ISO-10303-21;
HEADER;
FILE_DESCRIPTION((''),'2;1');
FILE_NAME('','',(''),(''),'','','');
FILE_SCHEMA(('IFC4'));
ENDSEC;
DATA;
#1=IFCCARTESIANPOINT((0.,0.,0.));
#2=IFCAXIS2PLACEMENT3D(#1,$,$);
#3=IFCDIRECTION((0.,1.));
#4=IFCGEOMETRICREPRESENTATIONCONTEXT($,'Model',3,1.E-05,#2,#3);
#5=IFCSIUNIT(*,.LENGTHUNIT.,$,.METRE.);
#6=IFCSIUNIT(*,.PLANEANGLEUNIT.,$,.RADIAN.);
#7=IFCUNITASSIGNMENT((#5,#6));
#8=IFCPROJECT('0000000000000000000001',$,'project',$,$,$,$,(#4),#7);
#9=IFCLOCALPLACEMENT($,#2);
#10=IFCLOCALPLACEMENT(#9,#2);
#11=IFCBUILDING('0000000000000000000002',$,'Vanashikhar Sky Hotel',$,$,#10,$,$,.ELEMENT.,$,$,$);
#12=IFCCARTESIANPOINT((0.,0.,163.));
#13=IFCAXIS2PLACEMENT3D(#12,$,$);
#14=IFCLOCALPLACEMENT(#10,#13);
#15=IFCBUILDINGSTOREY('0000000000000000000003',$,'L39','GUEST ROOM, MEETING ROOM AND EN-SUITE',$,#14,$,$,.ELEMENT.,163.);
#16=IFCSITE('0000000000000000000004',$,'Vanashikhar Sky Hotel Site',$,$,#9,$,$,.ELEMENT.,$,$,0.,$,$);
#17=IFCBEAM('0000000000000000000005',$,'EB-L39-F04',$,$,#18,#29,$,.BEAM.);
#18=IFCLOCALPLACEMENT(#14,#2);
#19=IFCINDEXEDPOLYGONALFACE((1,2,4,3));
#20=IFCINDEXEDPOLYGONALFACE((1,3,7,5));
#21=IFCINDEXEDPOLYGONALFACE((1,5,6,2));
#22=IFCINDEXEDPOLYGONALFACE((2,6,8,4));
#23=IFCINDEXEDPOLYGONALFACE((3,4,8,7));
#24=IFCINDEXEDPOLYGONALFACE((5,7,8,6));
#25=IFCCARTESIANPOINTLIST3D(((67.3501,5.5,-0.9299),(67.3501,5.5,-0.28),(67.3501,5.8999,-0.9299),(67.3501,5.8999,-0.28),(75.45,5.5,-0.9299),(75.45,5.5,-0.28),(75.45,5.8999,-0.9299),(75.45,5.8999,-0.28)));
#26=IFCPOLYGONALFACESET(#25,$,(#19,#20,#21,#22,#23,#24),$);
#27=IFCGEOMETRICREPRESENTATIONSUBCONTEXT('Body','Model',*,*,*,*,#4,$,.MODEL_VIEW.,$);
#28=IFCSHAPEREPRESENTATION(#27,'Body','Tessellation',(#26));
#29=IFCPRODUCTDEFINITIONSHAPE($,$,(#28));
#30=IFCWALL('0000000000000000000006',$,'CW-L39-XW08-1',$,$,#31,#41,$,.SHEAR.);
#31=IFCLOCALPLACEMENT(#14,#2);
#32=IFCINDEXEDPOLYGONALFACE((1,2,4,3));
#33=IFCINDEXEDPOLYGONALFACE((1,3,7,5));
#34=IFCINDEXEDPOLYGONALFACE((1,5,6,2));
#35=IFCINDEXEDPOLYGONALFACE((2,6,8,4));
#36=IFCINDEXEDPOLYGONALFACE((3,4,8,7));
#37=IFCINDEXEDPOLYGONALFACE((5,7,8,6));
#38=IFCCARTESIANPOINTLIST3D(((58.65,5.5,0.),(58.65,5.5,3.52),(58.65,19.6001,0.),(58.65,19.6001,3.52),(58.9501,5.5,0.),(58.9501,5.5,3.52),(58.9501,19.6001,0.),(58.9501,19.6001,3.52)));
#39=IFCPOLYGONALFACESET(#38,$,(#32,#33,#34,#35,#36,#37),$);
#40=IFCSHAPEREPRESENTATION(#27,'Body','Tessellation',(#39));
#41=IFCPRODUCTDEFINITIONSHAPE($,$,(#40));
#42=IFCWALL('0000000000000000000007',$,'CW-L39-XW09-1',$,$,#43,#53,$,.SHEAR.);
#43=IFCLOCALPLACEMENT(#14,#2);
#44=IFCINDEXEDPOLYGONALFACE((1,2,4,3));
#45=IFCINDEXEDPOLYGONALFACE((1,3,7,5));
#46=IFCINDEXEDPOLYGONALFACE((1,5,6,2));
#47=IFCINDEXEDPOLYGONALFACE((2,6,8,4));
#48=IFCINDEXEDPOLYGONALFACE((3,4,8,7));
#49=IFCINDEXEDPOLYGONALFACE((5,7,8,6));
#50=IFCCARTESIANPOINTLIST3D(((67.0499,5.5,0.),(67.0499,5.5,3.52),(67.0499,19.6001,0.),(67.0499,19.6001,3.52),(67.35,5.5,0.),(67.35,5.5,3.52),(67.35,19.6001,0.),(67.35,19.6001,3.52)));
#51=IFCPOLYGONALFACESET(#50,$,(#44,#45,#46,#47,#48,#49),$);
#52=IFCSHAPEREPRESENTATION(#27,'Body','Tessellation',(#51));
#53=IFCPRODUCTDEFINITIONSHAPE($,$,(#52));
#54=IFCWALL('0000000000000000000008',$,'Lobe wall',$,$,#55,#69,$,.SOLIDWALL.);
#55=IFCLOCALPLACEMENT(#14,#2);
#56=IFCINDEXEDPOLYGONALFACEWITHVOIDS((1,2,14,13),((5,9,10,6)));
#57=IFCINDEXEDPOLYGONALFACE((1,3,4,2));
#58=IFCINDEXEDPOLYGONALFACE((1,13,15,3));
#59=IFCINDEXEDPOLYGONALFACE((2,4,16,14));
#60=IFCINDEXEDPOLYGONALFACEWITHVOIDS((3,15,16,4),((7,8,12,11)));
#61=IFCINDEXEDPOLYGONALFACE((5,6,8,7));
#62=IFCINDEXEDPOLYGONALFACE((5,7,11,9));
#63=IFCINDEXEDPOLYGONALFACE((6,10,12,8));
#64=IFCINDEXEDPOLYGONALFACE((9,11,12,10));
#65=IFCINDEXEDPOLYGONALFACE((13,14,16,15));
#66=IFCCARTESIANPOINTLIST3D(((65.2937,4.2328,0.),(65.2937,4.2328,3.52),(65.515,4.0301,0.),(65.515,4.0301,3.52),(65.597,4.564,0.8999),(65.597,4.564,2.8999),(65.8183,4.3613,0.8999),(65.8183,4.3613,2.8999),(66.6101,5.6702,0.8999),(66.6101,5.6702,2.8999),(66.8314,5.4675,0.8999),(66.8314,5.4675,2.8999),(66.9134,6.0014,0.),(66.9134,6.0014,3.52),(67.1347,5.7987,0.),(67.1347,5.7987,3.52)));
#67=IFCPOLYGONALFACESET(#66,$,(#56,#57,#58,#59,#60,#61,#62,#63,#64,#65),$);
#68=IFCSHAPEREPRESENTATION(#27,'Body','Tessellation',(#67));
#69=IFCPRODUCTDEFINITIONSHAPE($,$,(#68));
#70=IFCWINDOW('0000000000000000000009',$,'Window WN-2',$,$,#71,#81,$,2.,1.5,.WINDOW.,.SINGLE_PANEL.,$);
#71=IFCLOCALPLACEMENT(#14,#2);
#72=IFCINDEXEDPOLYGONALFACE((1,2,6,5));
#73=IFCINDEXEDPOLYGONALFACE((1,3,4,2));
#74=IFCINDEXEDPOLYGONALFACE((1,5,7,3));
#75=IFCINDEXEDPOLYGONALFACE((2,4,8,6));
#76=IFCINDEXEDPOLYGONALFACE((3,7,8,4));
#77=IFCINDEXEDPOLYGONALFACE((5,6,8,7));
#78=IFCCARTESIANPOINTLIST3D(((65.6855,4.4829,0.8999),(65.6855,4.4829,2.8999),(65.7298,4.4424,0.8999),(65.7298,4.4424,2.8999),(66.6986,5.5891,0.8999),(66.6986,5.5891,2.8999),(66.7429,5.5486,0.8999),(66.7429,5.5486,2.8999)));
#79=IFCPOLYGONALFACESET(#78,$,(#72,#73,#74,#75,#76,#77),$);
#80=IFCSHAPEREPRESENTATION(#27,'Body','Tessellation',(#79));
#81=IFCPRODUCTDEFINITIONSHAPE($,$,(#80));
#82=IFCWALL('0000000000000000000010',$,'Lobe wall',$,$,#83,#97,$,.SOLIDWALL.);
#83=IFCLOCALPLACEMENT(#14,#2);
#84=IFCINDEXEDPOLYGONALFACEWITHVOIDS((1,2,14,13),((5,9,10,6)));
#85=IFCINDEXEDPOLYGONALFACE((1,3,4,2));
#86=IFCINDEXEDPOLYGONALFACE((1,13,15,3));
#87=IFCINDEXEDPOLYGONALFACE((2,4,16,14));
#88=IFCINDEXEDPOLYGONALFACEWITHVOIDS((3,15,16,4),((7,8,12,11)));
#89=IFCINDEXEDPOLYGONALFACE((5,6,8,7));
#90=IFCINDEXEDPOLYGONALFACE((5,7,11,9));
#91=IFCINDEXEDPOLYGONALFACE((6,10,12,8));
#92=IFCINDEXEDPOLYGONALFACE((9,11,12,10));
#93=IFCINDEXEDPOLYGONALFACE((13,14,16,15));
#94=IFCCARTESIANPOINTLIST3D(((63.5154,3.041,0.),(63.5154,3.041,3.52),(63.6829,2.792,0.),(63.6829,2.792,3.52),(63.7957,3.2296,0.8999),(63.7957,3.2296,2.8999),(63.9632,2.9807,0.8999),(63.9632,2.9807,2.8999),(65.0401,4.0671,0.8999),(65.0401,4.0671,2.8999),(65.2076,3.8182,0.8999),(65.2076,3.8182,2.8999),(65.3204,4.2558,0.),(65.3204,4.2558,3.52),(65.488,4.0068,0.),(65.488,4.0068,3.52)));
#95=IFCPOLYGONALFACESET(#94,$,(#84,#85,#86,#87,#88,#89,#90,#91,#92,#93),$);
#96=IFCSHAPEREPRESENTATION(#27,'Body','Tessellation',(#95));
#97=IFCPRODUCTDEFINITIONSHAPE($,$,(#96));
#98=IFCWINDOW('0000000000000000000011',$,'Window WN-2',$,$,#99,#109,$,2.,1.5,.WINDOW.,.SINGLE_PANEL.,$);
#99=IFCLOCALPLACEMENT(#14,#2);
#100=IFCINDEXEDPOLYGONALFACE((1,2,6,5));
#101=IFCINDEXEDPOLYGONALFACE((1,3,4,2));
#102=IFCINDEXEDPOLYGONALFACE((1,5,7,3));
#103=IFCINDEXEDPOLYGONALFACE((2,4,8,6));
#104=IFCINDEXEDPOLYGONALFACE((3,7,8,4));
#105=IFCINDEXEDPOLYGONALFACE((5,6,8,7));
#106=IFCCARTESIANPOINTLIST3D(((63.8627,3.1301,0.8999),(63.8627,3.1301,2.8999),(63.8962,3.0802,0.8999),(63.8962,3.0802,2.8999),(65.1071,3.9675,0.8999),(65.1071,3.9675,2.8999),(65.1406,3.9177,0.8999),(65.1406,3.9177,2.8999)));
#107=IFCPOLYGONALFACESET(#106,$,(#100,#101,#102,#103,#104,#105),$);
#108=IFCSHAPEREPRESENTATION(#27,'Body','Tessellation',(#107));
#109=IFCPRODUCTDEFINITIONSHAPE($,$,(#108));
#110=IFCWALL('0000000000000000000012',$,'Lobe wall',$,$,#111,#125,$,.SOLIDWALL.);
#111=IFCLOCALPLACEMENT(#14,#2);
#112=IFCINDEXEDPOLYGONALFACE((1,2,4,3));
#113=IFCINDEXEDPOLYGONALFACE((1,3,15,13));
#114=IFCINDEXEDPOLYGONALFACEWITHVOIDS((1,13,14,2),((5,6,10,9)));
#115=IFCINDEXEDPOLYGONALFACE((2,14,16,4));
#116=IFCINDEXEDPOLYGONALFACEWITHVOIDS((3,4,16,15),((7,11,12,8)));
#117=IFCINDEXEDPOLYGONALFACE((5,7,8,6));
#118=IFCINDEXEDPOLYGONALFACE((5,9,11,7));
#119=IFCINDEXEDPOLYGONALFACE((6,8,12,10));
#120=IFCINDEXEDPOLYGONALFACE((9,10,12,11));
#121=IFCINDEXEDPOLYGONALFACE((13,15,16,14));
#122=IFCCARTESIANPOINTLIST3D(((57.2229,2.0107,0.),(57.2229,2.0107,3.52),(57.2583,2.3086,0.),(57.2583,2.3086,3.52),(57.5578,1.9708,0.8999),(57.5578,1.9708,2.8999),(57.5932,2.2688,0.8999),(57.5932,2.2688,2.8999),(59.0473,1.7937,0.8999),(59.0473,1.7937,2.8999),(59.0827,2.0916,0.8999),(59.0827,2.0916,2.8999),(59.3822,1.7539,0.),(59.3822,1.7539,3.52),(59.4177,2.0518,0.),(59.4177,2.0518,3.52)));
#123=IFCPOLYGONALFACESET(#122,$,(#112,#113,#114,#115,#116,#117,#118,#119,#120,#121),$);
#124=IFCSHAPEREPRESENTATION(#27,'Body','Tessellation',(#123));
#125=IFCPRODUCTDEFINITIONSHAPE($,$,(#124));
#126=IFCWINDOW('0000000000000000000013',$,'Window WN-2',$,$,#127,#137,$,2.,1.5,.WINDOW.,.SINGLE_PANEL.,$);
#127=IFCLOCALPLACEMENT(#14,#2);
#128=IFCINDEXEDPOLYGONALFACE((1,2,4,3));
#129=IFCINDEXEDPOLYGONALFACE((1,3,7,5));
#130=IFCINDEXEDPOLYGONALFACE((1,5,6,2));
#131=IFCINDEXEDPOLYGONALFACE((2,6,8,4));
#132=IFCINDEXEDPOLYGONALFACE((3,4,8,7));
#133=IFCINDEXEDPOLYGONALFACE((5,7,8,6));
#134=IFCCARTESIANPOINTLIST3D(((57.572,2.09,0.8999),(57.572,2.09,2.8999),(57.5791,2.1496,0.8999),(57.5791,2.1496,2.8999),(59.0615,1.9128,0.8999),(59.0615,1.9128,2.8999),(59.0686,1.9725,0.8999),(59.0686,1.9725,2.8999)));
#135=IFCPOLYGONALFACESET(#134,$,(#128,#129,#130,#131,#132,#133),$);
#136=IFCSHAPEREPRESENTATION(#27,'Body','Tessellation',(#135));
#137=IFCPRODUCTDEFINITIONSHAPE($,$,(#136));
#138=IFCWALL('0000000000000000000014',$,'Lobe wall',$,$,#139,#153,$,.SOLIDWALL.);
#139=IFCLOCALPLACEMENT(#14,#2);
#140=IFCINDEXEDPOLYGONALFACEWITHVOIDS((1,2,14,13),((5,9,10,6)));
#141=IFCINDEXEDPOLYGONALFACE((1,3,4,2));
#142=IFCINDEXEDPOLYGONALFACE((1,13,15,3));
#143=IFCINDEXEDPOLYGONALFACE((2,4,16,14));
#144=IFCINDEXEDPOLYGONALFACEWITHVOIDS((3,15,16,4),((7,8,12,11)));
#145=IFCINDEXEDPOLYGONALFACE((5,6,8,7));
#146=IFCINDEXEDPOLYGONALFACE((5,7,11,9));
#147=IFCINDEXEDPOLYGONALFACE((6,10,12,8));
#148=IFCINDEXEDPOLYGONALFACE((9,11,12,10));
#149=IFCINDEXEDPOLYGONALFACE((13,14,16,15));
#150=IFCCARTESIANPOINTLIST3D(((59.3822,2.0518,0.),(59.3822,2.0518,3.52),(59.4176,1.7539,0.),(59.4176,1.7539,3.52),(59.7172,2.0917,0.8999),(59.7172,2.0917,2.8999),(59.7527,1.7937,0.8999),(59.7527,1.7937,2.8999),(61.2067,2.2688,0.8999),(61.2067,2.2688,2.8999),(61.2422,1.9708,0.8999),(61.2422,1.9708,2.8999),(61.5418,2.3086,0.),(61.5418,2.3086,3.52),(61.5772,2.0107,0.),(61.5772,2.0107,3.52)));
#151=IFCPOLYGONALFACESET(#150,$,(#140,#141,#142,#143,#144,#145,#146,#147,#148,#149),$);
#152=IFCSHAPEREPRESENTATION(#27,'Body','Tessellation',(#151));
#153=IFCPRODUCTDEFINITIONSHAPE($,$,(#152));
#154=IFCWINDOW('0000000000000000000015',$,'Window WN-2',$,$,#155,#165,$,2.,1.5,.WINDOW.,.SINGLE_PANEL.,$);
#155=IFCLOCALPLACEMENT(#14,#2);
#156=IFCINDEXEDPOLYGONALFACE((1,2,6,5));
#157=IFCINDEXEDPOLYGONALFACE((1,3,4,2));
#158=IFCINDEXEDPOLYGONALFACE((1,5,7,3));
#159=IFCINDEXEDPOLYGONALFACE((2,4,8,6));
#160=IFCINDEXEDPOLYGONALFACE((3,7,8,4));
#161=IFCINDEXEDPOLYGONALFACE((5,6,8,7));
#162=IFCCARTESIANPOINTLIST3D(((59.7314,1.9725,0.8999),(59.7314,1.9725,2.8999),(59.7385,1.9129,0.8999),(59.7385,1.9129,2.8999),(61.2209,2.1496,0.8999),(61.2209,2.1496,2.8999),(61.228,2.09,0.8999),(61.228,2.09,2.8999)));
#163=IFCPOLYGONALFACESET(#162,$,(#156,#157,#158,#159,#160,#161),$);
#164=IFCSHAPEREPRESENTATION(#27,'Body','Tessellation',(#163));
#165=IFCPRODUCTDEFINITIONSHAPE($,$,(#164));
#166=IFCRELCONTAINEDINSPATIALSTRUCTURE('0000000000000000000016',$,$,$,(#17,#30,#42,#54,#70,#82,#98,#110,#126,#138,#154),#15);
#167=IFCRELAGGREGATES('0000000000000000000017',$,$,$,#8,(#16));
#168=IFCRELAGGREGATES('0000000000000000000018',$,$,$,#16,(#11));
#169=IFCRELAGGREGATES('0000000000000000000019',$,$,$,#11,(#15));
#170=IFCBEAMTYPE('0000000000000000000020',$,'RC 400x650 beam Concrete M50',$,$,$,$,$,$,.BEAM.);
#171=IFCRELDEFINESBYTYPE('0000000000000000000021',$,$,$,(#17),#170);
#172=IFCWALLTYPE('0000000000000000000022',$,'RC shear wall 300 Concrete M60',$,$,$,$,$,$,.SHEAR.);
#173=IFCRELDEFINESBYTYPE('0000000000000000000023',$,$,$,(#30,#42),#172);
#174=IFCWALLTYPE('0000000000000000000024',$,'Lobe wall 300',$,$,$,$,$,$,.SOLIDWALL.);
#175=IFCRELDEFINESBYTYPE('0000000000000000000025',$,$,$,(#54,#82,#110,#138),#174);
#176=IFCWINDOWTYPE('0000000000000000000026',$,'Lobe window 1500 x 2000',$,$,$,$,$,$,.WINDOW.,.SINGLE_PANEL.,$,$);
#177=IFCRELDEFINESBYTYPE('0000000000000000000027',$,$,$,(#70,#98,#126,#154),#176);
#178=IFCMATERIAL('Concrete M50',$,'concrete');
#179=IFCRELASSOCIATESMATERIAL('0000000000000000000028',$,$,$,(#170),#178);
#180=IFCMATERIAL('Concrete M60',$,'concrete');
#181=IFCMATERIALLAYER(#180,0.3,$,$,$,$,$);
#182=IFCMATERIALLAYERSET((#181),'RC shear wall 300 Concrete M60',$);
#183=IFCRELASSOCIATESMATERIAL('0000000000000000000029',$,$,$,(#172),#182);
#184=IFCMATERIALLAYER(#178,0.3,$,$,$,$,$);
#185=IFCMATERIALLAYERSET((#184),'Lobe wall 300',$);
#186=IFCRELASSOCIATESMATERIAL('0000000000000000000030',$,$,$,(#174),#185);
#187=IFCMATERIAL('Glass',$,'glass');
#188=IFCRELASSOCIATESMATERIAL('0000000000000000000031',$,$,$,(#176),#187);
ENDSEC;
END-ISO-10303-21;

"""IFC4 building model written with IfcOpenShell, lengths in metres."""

from ifc_helpers import new_model, si_unit, direction, frame, frame_2d, origin, origin_2d, place, context, subcontext, project, spatial, rectangle, extrude, source, transform, mapped, material, layer, layer_set, material_profile, profile_set, type_object, element, fill, save


model = new_model("IFC4")

# Units and contexts
model_context = context("Model", 3, precision=1e-05, world=origin(), true_north=direction((0.0, 1.0)))
body_context = subcontext(model_context, "Body", "Model", "MODEL_VIEW")
ifc_project = project(units=[si_unit("LENGTHUNIT", "METRE"), si_unit("PLANEANGLEUNIT", "RADIAN")], contexts=[model_context])

# Site, building, storey
site_placement = place(None, origin())
site = spatial("IfcSite", under=ifc_project, at=site_placement, Name="Vanashikhar Sky Hotel Site", CompositionType="ELEMENT", RefElevation=0.0)
building_placement = place(site_placement, origin())
building = spatial("IfcBuilding", under=site, at=building_placement, Name="Vanashikhar Sky Hotel", CompositionType="ELEMENT")
storey_placement = place(building_placement, frame((0.0, 0.0, 163.0)))
storey = spatial("IfcBuildingStorey", under=building, at=storey_placement, Name="L39", Description="GUEST ROOM, MEETING ROOM AND EN-SUITE", CompositionType="ELEMENT", Elevation=163.0)

# Beam
ifc_material_1 = material(Name="Concrete M50", Category="concrete")
ifc_material_profile_1 = material_profile(ifc_material_1, rectangle(XDim=0.3999, YDim=0.6499, at=origin_2d()))
ifc_profile_set_1 = profile_set([ifc_material_profile_1], Name="RC 400x650 beam Concrete M50")
beam_type = type_object("IfcBeamType", Name="RC 400x650 beam Concrete M50", PredefinedType="BEAM", material=ifc_profile_set_1)
shared_shape_1 = source(origin(), body_context, "Body", "SweptSolid", [
    extrude(rectangle(XDim=0.3999, YDim=0.6499, at=origin_2d()), origin(), (0.0, 0.0, 1.0), 8.0999),
])
beam_placement = place(storey_placement, frame((67.3501, 5.7, -0.605), z_axis=(1.0, 0.0, 0.0), x_axis=(0.0, 1.0, 0.0)))
element("IfcBeam", 1, at=beam_placement, inside=storey, type_object=beam_type, Name="EB-L39-F04", PredefinedType="BEAM", context=body_context, shape_type="MappedRepresentation", body=[
    mapped(shared_shape_1, transform((0.0, 0.0, 0.0), scale=1.0)),
])

# Walls
ifc_material_2 = material(Name="Concrete M60", Category="concrete")
ifc_layer_1 = layer(ifc_material_2, 0.3)
ifc_layer_set_1 = layer_set([ifc_layer_1], Name="RC shear wall 300 Concrete M60")
wall_type_1 = type_object("IfcWallType", Name="RC shear wall 300 Concrete M60", PredefinedType="SHEAR", material=ifc_layer_set_1)
shared_shape_2 = source(origin(), body_context, "Body", "SweptSolid", [
    extrude(rectangle(XDim=14.1001, YDim=0.3, at=frame_2d((7.05, 0.0))), origin(), (0.0, 0.0, 1.0), 3.52),
])
for number, where, z_axis, x_axis, name in (
    (2, (58.8, 5.5, 0.0), (0.0, 0.0, 1.0), (0.0, 1.0, 0.0), "CW-L39-XW08-1"),
    (3, (67.2, 5.5, 0.0), (0.0, 0.0, 1.0), (0.0, 1.0, 0.0), "CW-L39-XW09-1"),
):
    element("IfcWall", number, at=place(storey_placement, frame(where, z_axis=z_axis, x_axis=x_axis)), inside=storey, type_object=wall_type_1, Name=name, PredefinedType="SHEAR", context=body_context, shape_type="MappedRepresentation", body=[
        mapped(shared_shape_2, transform((0.0, 0.0, 0.0), scale=1.0)),
    ])

# Walls, openings, windows
ifc_layer_2 = layer(ifc_material_1, 0.3)
ifc_layer_set_2 = layer_set([ifc_layer_2], Name="Lobe wall 300")
wall_type_2 = type_object("IfcWallType", Name="Lobe wall 300", PredefinedType="SOLIDWALL", material=ifc_layer_set_2)
shared_shape_3 = source(origin(), body_context, "Body", "SweptSolid", [
    extrude(rectangle(XDim=2.3982, YDim=0.3, at=frame_2d((1.1992, 0.0))), origin(), (0.0, 0.0, 1.0), 3.52),
])
wall_1_placement = place(storey_placement, frame((65.4043, 4.1313, 0.0), z_axis=(0.0, 0.0, 1.0), x_axis=(0.675374, 0.737475, 0.0)))
wall_1 = element("IfcWall", 4, at=wall_1_placement, inside=storey, type_object=wall_type_2, Name="Lobe wall", PredefinedType="SOLIDWALL", context=body_context, shape_type="MappedRepresentation", body=[
    mapped(shared_shape_3, transform((0.0, 0.0, 0.0), scale=1.0)),
])
shared_shape_4 = source(origin(), body_context, "Body", "SweptSolid", [
    extrude(rectangle(XDim=1.5, YDim=2.0, at=frame_2d((0.75, 1.0))), frame((0.0, 0.1602, 0.0), z_axis=(0.0, -1.0, 0.0), x_axis=(1.0, 0.0, 0.0)), (0.0, 0.0, 1.0), 0.3201),
])
opening_1_placement = place(wall_1_placement, frame((0.4492, 0.0, 0.8999)))
opening_1 = element("IfcOpeningElement", 5, at=opening_1_placement, cuts=wall_1, PredefinedType="OPENING", context=body_context, shape_type="MappedRepresentation", body=[
    mapped(shared_shape_4, transform((0.0, 0.0, 0.0), scale=1.0)),
])
ifc_material_3 = material(Name="Glass", Category="glass")
window_type_1 = type_object("IfcWindowType", Name="Lobe window 1500 x 2000", PartitioningType="SINGLE_PANEL", PredefinedType="WINDOW", material=ifc_material_3)
shared_shape_5 = source(origin(), body_context, "Body", "SweptSolid", [
    extrude(rectangle(XDim=1.5, YDim=2.0, at=frame_2d((0.75, 1.0))), frame((0.0, 0.03, 0.0), z_axis=(0.0, -1.0, 0.0), x_axis=(1.0, 0.0, 0.0)), (0.0, 0.0, 1.0), 0.0601),
])
window_1_placement = place(opening_1_placement, origin())
window_1 = element("IfcWindow", 6, at=window_1_placement, inside=storey, type_object=window_type_1, Name="Window WN-2", OverallHeight=2.0, OverallWidth=1.5, PartitioningType="SINGLE_PANEL", PredefinedType="WINDOW", context=body_context, shape_type="MappedRepresentation", body=[
    mapped(shared_shape_5, transform((0.0, 0.0, 0.0), scale=1.0)),
])
fill(opening_1, window_1)
shared_shape_6 = source(origin(), body_context, "Body", "SweptSolid", [
    extrude(rectangle(XDim=2.1758, YDim=0.3, at=frame_2d((1.0879, 0.0))), origin(), (0.0, 0.0, 1.0), 3.52),
])
wall_2_placement = place(storey_placement, frame((63.5991, 2.9165, 0.0), z_axis=(0.0, 0.0, 1.0), x_axis=(0.829626, 0.55832, 0.0)))
wall_2 = element("IfcWall", 7, at=wall_2_placement, inside=storey, type_object=wall_type_2, Name="Lobe wall", PredefinedType="SOLIDWALL", context=body_context, shape_type="MappedRepresentation", body=[
    mapped(shared_shape_6, transform((0.0, 0.0, 0.0), scale=1.0)),
])
opening_2_placement = place(wall_2_placement, frame((0.3379, 0.0, 0.8999)))
opening_2 = element("IfcOpeningElement", 8, at=opening_2_placement, cuts=wall_2, PredefinedType="OPENING", context=body_context, shape_type="MappedRepresentation", body=[
    mapped(shared_shape_4, transform((0.0, 0.0, 0.0), scale=1.0)),
])
window_2_placement = place(opening_2_placement, origin())
window_2 = element("IfcWindow", 9, at=window_2_placement, inside=storey, type_object=window_type_1, Name="Window WN-2", OverallHeight=2.0, OverallWidth=1.5, PartitioningType="SINGLE_PANEL", PredefinedType="WINDOW", context=body_context, shape_type="MappedRepresentation", body=[
    mapped(shared_shape_5, transform((0.0, 0.0, 0.0), scale=1.0)),
])
fill(opening_2, window_2)
shared_shape_7 = source(origin(), body_context, "Body", "SweptSolid", [
    extrude(rectangle(XDim=2.1746, YDim=0.3, at=frame_2d((1.0874, 0.0))), origin(), (0.0, 0.0, 1.0), 3.52),
])
wall_3_placement = place(storey_placement, frame((57.2405, 2.1597, 0.0), z_axis=(0.0, 0.0, 1.0), x_axis=(0.993001, -0.118105, 0.0)))
wall_3 = element("IfcWall", 10, at=wall_3_placement, inside=storey, type_object=wall_type_2, Name="Lobe wall", PredefinedType="SOLIDWALL", context=body_context, shape_type="MappedRepresentation", body=[
    mapped(shared_shape_7, transform((0.0, 0.0, 0.0), scale=1.0)),
])
opening_3_placement = place(wall_3_placement, frame((0.3374, 0.0, 0.8999)))
opening_3 = element("IfcOpeningElement", 11, at=opening_3_placement, cuts=wall_3, PredefinedType="OPENING", context=body_context, shape_type="MappedRepresentation", body=[
    mapped(shared_shape_4, transform((0.0, 0.0, 0.0), scale=1.0)),
])
window_3_placement = place(opening_3_placement, origin())
window_3 = element("IfcWindow", 12, at=window_3_placement, inside=storey, type_object=window_type_1, Name="Window WN-2", OverallHeight=2.0, OverallWidth=1.5, PartitioningType="SINGLE_PANEL", PredefinedType="WINDOW", context=body_context, shape_type="MappedRepresentation", body=[
    mapped(shared_shape_5, transform((0.0, 0.0, 0.0), scale=1.0)),
])
fill(opening_3, window_3)
shared_shape_8 = source(origin(), body_context, "Body", "SweptSolid", [
    extrude(rectangle(XDim=2.1748, YDim=0.3, at=frame_2d((1.0874, 0.0))), origin(), (0.0, 0.0, 1.0), 3.52),
])
wall_4_placement = place(storey_placement, frame((59.3999, 1.9028, 0.0), z_axis=(0.0, 0.0, 1.0), x_axis=(0.993003, 0.118092, 0.0)))
wall_4 = element("IfcWall", 13, at=wall_4_placement, inside=storey, type_object=wall_type_2, Name="Lobe wall", PredefinedType="SOLIDWALL", context=body_context, shape_type="MappedRepresentation", body=[
    mapped(shared_shape_8, transform((0.0, 0.0, 0.0), scale=1.0)),
])
opening_4_placement = place(wall_4_placement, frame((0.3374, 0.0, 0.8999)))
opening_4 = element("IfcOpeningElement", 14, at=opening_4_placement, cuts=wall_4, PredefinedType="OPENING", context=body_context, shape_type="MappedRepresentation", body=[
    mapped(shared_shape_4, transform((0.0, 0.0, 0.0), scale=1.0)),
])
window_4_placement = place(opening_4_placement, origin())
window_4 = element("IfcWindow", 15, at=window_4_placement, inside=storey, type_object=window_type_1, Name="Window WN-2", OverallHeight=2.0, OverallWidth=1.5, PartitioningType="SINGLE_PANEL", PredefinedType="WINDOW", context=body_context, shape_type="MappedRepresentation", body=[
    mapped(shared_shape_5, transform((0.0, 0.0, 0.0), scale=1.0)),
])
fill(opening_4, window_4)

save(model, "model.ifc")
